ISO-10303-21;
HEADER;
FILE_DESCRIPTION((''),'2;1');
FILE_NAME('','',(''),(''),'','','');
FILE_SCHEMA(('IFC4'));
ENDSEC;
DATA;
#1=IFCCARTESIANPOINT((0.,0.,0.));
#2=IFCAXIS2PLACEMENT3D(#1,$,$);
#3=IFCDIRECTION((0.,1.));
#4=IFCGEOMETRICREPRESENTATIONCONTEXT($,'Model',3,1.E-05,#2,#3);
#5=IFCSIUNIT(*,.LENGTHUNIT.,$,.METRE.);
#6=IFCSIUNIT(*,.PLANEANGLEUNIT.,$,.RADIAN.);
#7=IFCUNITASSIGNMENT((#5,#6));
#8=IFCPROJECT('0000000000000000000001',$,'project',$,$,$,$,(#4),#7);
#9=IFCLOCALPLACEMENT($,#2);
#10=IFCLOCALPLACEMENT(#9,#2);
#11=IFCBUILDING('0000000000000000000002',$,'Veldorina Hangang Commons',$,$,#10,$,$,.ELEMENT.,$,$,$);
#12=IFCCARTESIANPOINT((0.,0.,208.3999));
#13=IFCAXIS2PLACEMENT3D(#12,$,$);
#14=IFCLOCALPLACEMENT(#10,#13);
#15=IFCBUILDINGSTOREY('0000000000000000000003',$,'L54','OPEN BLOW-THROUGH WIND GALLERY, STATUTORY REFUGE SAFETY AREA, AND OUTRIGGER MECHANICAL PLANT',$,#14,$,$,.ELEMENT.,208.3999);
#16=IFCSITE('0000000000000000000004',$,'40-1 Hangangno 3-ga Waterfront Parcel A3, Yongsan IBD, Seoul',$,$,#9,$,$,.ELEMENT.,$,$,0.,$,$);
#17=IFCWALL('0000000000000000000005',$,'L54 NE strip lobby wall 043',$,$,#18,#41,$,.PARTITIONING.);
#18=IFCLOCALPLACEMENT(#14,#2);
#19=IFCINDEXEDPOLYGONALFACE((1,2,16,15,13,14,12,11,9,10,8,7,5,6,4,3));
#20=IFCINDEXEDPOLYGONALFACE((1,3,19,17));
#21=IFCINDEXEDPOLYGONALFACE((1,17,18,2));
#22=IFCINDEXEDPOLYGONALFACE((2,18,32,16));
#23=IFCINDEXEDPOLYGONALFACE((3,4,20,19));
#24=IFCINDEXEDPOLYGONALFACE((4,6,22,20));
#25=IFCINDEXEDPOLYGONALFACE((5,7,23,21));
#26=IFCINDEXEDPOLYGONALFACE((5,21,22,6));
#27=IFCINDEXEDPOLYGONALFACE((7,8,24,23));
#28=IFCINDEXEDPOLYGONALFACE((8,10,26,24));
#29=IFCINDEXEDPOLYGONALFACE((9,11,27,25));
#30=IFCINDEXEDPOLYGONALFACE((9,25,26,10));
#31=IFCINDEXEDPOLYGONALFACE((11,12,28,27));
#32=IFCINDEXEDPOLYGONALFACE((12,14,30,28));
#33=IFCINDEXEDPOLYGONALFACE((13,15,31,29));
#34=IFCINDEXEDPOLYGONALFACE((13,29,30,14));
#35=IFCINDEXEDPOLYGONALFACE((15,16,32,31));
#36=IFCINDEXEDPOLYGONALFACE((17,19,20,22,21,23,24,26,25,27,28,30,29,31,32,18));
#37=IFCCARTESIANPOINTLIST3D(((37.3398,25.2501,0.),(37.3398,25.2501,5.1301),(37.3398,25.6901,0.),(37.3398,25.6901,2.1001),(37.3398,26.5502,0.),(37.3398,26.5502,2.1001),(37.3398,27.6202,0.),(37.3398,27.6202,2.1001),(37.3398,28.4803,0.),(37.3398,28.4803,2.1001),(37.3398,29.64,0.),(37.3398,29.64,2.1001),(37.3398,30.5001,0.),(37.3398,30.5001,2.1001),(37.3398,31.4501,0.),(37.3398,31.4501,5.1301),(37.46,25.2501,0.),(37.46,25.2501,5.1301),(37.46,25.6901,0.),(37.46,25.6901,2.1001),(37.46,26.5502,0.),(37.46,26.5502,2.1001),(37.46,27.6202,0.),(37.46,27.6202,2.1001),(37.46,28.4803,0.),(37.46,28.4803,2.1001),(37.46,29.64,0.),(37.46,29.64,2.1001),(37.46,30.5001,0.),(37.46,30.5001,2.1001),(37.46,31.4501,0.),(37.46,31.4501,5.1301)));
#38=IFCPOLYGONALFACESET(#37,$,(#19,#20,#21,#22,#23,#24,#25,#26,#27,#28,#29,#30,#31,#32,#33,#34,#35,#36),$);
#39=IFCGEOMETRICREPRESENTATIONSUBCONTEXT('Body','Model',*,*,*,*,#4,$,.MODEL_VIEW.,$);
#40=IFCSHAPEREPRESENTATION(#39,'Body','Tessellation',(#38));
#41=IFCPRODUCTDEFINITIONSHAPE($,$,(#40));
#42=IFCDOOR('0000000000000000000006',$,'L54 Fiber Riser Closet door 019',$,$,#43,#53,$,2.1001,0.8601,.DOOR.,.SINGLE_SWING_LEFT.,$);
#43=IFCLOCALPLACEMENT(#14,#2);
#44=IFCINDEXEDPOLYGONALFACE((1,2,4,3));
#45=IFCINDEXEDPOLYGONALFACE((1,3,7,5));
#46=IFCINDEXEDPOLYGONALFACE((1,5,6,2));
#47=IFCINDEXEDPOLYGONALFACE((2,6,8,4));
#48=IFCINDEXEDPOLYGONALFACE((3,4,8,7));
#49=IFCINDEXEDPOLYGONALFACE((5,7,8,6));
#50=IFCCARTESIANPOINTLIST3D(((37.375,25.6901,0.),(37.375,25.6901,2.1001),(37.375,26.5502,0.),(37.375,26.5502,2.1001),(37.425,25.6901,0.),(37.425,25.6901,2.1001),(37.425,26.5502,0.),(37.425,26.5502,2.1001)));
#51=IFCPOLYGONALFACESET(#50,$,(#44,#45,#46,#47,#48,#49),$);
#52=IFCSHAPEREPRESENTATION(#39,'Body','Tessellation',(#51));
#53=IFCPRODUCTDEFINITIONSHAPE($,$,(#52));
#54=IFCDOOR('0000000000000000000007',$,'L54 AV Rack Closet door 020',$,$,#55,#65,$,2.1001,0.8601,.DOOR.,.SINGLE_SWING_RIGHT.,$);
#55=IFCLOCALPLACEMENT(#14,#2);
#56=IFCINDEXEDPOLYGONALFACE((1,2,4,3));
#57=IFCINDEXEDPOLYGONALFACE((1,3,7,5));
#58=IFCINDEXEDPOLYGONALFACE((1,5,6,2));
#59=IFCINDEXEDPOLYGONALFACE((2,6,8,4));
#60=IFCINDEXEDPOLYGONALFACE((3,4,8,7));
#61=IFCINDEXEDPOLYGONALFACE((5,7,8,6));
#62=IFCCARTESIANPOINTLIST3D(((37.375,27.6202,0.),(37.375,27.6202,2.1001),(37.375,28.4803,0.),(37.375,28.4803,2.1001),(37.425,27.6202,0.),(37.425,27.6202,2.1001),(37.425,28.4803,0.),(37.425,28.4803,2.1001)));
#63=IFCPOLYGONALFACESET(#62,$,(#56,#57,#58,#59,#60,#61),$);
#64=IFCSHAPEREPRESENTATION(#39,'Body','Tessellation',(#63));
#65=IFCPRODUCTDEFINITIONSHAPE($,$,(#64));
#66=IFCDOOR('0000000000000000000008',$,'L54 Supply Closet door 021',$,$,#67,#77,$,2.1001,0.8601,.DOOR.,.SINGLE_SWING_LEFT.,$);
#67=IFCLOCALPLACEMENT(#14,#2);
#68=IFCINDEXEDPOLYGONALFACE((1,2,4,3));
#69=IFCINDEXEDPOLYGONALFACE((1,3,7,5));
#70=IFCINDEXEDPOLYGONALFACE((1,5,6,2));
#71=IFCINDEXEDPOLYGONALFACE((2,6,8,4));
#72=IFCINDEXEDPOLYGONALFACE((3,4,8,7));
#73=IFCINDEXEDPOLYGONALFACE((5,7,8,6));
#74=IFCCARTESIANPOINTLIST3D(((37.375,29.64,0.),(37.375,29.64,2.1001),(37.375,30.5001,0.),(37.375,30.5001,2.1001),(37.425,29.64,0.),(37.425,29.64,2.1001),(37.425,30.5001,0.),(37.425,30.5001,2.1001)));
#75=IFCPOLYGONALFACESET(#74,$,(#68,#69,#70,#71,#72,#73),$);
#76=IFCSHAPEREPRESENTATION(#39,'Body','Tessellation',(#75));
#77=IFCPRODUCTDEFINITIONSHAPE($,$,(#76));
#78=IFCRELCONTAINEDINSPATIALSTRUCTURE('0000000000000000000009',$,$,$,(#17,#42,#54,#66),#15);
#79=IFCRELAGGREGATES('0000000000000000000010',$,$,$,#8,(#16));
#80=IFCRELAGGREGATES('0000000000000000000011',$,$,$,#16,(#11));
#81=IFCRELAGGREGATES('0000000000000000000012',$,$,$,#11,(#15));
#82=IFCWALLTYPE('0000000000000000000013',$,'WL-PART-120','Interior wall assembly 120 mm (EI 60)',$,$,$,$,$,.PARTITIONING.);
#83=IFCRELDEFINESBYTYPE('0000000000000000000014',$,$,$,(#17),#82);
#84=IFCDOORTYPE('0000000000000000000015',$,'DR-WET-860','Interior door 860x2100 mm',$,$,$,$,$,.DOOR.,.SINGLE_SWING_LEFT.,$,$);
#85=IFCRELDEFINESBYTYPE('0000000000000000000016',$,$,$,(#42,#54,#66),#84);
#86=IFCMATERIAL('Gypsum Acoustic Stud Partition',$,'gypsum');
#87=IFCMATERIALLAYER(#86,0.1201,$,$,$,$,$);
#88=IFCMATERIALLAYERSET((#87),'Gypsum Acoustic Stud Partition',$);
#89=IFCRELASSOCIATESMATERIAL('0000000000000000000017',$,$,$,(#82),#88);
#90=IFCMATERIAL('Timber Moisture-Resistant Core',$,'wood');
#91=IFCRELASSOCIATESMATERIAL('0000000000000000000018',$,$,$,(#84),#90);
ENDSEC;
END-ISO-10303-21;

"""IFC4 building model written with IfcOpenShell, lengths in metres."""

from ifc_helpers import new_model, si_unit, direction, frame, frame_2d, origin, place, context, subcontext, project, spatial, rectangle, extrude, material, layer, layer_set, type_object, element, fill, save


model = new_model("IFC4")

# Units and contexts
model_context = context("Model", 3, precision=1e-05, world=origin(), true_north=direction((0.0, 1.0)))
body_context = subcontext(model_context, "Body", "Model", "MODEL_VIEW")
ifc_project = project(units=[si_unit("LENGTHUNIT", "METRE"), si_unit("PLANEANGLEUNIT", "RADIAN")], contexts=[model_context])

# Site, building, storey
site_placement = place(None, origin())
site = spatial("IfcSite", under=ifc_project, at=site_placement, Name="40-1 Hangangno 3-ga Waterfront Parcel A3, Yongsan IBD, Seoul", CompositionType="ELEMENT", RefElevation=0.0)
building_placement = place(site_placement, origin())
building = spatial("IfcBuilding", under=site, at=building_placement, Name="Veldorina Hangang Commons", CompositionType="ELEMENT")
storey_placement = place(building_placement, frame((0.0, 0.0, 208.3999)))
storey = spatial("IfcBuildingStorey", under=building, at=storey_placement, Name="L54", Description="OPEN BLOW-THROUGH WIND GALLERY, STATUTORY REFUGE SAFETY AREA, AND OUTRIGGER MECHANICAL PLANT", CompositionType="ELEMENT", Elevation=208.3999)

# Shared definitions
ifc_material_1 = material(Name="Gypsum Acoustic Stud Partition", Category="gypsum")
ifc_layer_1 = layer(ifc_material_1, 0.1201)
ifc_layer_set_1 = layer_set([ifc_layer_1], Name="Gypsum Acoustic Stud Partition")
wall_type_1 = type_object("IfcWallType", Name="WL-PART-120", Description="Interior wall assembly 120 mm (EI 60)", PredefinedType="PARTITIONING", material=ifc_layer_set_1)

# Wall, openings, doors
wall_1_placement = place(storey_placement, frame((37.3999, 25.25, 0.0), z_axis=(0.0, 0.0, 1.0), x_axis=(0.0, 1.0, 0.0)))
wall_1 = element("IfcWall", 1, at=wall_1_placement, inside=storey, type_object=wall_type_1, Name="L54 NE strip lobby wall 043", PredefinedType="PARTITIONING", context=body_context, shape_type="SweptSolid", body=[
    extrude(rectangle(XDim=6.2, YDim=0.1201, at=frame_2d((3.1001, 0.0))), origin(), (0.0, 0.0, 1.0), 5.1301),
])
opening_1_placement = place(wall_1_placement, frame((0.4399, 0.0, 0.0)))
opening_1 = element("IfcOpeningElement", 2, at=opening_1_placement, cuts=wall_1, PredefinedType="OPENING", context=body_context, shape_type="SweptSolid", body=[
    extrude(rectangle(XDim=0.8601, YDim=2.1001, at=frame_2d((0.4302, 1.05))), frame((0.0, 0.0701, 0.0), z_axis=(0.0, -1.0, 0.0), x_axis=(1.0, 0.0, 0.0)), (0.0, 0.0, 1.0), 0.1401),
])
opening_2_placement = place(wall_1_placement, frame((2.3701, 0.0, 0.0)))
opening_2 = element("IfcOpeningElement", 3, at=opening_2_placement, cuts=wall_1, PredefinedType="OPENING", context=body_context, shape_type="SweptSolid", body=[
    extrude(rectangle(XDim=0.8601, YDim=2.1001, at=frame_2d((0.4302, 1.05))), frame((0.0, 0.0701, 0.0), z_axis=(0.0, -1.0, 0.0), x_axis=(1.0, 0.0, 0.0)), (0.0, 0.0, 1.0), 0.1401),
])
opening_3_placement = place(wall_1_placement, frame((4.3899, 0.0, 0.0)))
opening_3 = element("IfcOpeningElement", 4, at=opening_3_placement, cuts=wall_1, PredefinedType="OPENING", context=body_context, shape_type="SweptSolid", body=[
    extrude(rectangle(XDim=0.8601, YDim=2.1001, at=frame_2d((0.4302, 1.05))), frame((0.0, 0.0701, 0.0), z_axis=(0.0, -1.0, 0.0), x_axis=(1.0, 0.0, 0.0)), (0.0, 0.0, 1.0), 0.1401),
])
ifc_material_2 = material(Name="Timber Moisture-Resistant Core", Category="wood")
door_type_1 = type_object("IfcDoorType", Name="DR-WET-860", Description="Interior door 860x2100 mm", OperationType="SINGLE_SWING_LEFT", PredefinedType="DOOR", material=ifc_material_2)
door_1_placement = place(opening_1_placement, origin())
door_1 = element("IfcDoor", 5, at=door_1_placement, inside=storey, type_object=door_type_1, Name="L54 Fiber Riser Closet door 019", OperationType="SINGLE_SWING_LEFT", OverallHeight=2.1001, OverallWidth=0.8601, PredefinedType="DOOR", context=body_context, shape_type="SweptSolid", body=[
    extrude(rectangle(XDim=0.8601, YDim=2.1001, at=frame_2d((0.4302, 1.05))), frame((0.0, 0.0249, 0.0), z_axis=(0.0, -1.0, 0.0), x_axis=(1.0, 0.0, 0.0)), (0.0, 0.0, 1.0), 0.05),
])
fill(opening_1, door_1)
door_2_placement = place(opening_2_placement, origin())
door_2 = element("IfcDoor", 6, at=door_2_placement, inside=storey, type_object=door_type_1, Name="L54 AV Rack Closet door 020", OperationType="SINGLE_SWING_RIGHT", OverallHeight=2.1001, OverallWidth=0.8601, PredefinedType="DOOR", context=body_context, shape_type="SweptSolid", body=[
    extrude(rectangle(XDim=0.8601, YDim=2.1001, at=frame_2d((0.4302, 1.05))), frame((0.0, 0.0249, 0.0), z_axis=(0.0, -1.0, 0.0), x_axis=(1.0, 0.0, 0.0)), (0.0, 0.0, 1.0), 0.05),
])
fill(opening_2, door_2)
door_3_placement = place(opening_3_placement, origin())
door_3 = element("IfcDoor", 7, at=door_3_placement, inside=storey, type_object=door_type_1, Name="L54 Supply Closet door 021", OperationType="SINGLE_SWING_LEFT", OverallHeight=2.1001, OverallWidth=0.8601, PredefinedType="DOOR", context=body_context, shape_type="SweptSolid", body=[
    extrude(rectangle(XDim=0.8601, YDim=2.1001, at=frame_2d((0.4302, 1.05))), frame((0.0, 0.0249, 0.0), z_axis=(0.0, -1.0, 0.0), x_axis=(1.0, 0.0, 0.0)), (0.0, 0.0, 1.0), 0.05),
])
fill(opening_3, door_3)

save(model, "model.ifc")
